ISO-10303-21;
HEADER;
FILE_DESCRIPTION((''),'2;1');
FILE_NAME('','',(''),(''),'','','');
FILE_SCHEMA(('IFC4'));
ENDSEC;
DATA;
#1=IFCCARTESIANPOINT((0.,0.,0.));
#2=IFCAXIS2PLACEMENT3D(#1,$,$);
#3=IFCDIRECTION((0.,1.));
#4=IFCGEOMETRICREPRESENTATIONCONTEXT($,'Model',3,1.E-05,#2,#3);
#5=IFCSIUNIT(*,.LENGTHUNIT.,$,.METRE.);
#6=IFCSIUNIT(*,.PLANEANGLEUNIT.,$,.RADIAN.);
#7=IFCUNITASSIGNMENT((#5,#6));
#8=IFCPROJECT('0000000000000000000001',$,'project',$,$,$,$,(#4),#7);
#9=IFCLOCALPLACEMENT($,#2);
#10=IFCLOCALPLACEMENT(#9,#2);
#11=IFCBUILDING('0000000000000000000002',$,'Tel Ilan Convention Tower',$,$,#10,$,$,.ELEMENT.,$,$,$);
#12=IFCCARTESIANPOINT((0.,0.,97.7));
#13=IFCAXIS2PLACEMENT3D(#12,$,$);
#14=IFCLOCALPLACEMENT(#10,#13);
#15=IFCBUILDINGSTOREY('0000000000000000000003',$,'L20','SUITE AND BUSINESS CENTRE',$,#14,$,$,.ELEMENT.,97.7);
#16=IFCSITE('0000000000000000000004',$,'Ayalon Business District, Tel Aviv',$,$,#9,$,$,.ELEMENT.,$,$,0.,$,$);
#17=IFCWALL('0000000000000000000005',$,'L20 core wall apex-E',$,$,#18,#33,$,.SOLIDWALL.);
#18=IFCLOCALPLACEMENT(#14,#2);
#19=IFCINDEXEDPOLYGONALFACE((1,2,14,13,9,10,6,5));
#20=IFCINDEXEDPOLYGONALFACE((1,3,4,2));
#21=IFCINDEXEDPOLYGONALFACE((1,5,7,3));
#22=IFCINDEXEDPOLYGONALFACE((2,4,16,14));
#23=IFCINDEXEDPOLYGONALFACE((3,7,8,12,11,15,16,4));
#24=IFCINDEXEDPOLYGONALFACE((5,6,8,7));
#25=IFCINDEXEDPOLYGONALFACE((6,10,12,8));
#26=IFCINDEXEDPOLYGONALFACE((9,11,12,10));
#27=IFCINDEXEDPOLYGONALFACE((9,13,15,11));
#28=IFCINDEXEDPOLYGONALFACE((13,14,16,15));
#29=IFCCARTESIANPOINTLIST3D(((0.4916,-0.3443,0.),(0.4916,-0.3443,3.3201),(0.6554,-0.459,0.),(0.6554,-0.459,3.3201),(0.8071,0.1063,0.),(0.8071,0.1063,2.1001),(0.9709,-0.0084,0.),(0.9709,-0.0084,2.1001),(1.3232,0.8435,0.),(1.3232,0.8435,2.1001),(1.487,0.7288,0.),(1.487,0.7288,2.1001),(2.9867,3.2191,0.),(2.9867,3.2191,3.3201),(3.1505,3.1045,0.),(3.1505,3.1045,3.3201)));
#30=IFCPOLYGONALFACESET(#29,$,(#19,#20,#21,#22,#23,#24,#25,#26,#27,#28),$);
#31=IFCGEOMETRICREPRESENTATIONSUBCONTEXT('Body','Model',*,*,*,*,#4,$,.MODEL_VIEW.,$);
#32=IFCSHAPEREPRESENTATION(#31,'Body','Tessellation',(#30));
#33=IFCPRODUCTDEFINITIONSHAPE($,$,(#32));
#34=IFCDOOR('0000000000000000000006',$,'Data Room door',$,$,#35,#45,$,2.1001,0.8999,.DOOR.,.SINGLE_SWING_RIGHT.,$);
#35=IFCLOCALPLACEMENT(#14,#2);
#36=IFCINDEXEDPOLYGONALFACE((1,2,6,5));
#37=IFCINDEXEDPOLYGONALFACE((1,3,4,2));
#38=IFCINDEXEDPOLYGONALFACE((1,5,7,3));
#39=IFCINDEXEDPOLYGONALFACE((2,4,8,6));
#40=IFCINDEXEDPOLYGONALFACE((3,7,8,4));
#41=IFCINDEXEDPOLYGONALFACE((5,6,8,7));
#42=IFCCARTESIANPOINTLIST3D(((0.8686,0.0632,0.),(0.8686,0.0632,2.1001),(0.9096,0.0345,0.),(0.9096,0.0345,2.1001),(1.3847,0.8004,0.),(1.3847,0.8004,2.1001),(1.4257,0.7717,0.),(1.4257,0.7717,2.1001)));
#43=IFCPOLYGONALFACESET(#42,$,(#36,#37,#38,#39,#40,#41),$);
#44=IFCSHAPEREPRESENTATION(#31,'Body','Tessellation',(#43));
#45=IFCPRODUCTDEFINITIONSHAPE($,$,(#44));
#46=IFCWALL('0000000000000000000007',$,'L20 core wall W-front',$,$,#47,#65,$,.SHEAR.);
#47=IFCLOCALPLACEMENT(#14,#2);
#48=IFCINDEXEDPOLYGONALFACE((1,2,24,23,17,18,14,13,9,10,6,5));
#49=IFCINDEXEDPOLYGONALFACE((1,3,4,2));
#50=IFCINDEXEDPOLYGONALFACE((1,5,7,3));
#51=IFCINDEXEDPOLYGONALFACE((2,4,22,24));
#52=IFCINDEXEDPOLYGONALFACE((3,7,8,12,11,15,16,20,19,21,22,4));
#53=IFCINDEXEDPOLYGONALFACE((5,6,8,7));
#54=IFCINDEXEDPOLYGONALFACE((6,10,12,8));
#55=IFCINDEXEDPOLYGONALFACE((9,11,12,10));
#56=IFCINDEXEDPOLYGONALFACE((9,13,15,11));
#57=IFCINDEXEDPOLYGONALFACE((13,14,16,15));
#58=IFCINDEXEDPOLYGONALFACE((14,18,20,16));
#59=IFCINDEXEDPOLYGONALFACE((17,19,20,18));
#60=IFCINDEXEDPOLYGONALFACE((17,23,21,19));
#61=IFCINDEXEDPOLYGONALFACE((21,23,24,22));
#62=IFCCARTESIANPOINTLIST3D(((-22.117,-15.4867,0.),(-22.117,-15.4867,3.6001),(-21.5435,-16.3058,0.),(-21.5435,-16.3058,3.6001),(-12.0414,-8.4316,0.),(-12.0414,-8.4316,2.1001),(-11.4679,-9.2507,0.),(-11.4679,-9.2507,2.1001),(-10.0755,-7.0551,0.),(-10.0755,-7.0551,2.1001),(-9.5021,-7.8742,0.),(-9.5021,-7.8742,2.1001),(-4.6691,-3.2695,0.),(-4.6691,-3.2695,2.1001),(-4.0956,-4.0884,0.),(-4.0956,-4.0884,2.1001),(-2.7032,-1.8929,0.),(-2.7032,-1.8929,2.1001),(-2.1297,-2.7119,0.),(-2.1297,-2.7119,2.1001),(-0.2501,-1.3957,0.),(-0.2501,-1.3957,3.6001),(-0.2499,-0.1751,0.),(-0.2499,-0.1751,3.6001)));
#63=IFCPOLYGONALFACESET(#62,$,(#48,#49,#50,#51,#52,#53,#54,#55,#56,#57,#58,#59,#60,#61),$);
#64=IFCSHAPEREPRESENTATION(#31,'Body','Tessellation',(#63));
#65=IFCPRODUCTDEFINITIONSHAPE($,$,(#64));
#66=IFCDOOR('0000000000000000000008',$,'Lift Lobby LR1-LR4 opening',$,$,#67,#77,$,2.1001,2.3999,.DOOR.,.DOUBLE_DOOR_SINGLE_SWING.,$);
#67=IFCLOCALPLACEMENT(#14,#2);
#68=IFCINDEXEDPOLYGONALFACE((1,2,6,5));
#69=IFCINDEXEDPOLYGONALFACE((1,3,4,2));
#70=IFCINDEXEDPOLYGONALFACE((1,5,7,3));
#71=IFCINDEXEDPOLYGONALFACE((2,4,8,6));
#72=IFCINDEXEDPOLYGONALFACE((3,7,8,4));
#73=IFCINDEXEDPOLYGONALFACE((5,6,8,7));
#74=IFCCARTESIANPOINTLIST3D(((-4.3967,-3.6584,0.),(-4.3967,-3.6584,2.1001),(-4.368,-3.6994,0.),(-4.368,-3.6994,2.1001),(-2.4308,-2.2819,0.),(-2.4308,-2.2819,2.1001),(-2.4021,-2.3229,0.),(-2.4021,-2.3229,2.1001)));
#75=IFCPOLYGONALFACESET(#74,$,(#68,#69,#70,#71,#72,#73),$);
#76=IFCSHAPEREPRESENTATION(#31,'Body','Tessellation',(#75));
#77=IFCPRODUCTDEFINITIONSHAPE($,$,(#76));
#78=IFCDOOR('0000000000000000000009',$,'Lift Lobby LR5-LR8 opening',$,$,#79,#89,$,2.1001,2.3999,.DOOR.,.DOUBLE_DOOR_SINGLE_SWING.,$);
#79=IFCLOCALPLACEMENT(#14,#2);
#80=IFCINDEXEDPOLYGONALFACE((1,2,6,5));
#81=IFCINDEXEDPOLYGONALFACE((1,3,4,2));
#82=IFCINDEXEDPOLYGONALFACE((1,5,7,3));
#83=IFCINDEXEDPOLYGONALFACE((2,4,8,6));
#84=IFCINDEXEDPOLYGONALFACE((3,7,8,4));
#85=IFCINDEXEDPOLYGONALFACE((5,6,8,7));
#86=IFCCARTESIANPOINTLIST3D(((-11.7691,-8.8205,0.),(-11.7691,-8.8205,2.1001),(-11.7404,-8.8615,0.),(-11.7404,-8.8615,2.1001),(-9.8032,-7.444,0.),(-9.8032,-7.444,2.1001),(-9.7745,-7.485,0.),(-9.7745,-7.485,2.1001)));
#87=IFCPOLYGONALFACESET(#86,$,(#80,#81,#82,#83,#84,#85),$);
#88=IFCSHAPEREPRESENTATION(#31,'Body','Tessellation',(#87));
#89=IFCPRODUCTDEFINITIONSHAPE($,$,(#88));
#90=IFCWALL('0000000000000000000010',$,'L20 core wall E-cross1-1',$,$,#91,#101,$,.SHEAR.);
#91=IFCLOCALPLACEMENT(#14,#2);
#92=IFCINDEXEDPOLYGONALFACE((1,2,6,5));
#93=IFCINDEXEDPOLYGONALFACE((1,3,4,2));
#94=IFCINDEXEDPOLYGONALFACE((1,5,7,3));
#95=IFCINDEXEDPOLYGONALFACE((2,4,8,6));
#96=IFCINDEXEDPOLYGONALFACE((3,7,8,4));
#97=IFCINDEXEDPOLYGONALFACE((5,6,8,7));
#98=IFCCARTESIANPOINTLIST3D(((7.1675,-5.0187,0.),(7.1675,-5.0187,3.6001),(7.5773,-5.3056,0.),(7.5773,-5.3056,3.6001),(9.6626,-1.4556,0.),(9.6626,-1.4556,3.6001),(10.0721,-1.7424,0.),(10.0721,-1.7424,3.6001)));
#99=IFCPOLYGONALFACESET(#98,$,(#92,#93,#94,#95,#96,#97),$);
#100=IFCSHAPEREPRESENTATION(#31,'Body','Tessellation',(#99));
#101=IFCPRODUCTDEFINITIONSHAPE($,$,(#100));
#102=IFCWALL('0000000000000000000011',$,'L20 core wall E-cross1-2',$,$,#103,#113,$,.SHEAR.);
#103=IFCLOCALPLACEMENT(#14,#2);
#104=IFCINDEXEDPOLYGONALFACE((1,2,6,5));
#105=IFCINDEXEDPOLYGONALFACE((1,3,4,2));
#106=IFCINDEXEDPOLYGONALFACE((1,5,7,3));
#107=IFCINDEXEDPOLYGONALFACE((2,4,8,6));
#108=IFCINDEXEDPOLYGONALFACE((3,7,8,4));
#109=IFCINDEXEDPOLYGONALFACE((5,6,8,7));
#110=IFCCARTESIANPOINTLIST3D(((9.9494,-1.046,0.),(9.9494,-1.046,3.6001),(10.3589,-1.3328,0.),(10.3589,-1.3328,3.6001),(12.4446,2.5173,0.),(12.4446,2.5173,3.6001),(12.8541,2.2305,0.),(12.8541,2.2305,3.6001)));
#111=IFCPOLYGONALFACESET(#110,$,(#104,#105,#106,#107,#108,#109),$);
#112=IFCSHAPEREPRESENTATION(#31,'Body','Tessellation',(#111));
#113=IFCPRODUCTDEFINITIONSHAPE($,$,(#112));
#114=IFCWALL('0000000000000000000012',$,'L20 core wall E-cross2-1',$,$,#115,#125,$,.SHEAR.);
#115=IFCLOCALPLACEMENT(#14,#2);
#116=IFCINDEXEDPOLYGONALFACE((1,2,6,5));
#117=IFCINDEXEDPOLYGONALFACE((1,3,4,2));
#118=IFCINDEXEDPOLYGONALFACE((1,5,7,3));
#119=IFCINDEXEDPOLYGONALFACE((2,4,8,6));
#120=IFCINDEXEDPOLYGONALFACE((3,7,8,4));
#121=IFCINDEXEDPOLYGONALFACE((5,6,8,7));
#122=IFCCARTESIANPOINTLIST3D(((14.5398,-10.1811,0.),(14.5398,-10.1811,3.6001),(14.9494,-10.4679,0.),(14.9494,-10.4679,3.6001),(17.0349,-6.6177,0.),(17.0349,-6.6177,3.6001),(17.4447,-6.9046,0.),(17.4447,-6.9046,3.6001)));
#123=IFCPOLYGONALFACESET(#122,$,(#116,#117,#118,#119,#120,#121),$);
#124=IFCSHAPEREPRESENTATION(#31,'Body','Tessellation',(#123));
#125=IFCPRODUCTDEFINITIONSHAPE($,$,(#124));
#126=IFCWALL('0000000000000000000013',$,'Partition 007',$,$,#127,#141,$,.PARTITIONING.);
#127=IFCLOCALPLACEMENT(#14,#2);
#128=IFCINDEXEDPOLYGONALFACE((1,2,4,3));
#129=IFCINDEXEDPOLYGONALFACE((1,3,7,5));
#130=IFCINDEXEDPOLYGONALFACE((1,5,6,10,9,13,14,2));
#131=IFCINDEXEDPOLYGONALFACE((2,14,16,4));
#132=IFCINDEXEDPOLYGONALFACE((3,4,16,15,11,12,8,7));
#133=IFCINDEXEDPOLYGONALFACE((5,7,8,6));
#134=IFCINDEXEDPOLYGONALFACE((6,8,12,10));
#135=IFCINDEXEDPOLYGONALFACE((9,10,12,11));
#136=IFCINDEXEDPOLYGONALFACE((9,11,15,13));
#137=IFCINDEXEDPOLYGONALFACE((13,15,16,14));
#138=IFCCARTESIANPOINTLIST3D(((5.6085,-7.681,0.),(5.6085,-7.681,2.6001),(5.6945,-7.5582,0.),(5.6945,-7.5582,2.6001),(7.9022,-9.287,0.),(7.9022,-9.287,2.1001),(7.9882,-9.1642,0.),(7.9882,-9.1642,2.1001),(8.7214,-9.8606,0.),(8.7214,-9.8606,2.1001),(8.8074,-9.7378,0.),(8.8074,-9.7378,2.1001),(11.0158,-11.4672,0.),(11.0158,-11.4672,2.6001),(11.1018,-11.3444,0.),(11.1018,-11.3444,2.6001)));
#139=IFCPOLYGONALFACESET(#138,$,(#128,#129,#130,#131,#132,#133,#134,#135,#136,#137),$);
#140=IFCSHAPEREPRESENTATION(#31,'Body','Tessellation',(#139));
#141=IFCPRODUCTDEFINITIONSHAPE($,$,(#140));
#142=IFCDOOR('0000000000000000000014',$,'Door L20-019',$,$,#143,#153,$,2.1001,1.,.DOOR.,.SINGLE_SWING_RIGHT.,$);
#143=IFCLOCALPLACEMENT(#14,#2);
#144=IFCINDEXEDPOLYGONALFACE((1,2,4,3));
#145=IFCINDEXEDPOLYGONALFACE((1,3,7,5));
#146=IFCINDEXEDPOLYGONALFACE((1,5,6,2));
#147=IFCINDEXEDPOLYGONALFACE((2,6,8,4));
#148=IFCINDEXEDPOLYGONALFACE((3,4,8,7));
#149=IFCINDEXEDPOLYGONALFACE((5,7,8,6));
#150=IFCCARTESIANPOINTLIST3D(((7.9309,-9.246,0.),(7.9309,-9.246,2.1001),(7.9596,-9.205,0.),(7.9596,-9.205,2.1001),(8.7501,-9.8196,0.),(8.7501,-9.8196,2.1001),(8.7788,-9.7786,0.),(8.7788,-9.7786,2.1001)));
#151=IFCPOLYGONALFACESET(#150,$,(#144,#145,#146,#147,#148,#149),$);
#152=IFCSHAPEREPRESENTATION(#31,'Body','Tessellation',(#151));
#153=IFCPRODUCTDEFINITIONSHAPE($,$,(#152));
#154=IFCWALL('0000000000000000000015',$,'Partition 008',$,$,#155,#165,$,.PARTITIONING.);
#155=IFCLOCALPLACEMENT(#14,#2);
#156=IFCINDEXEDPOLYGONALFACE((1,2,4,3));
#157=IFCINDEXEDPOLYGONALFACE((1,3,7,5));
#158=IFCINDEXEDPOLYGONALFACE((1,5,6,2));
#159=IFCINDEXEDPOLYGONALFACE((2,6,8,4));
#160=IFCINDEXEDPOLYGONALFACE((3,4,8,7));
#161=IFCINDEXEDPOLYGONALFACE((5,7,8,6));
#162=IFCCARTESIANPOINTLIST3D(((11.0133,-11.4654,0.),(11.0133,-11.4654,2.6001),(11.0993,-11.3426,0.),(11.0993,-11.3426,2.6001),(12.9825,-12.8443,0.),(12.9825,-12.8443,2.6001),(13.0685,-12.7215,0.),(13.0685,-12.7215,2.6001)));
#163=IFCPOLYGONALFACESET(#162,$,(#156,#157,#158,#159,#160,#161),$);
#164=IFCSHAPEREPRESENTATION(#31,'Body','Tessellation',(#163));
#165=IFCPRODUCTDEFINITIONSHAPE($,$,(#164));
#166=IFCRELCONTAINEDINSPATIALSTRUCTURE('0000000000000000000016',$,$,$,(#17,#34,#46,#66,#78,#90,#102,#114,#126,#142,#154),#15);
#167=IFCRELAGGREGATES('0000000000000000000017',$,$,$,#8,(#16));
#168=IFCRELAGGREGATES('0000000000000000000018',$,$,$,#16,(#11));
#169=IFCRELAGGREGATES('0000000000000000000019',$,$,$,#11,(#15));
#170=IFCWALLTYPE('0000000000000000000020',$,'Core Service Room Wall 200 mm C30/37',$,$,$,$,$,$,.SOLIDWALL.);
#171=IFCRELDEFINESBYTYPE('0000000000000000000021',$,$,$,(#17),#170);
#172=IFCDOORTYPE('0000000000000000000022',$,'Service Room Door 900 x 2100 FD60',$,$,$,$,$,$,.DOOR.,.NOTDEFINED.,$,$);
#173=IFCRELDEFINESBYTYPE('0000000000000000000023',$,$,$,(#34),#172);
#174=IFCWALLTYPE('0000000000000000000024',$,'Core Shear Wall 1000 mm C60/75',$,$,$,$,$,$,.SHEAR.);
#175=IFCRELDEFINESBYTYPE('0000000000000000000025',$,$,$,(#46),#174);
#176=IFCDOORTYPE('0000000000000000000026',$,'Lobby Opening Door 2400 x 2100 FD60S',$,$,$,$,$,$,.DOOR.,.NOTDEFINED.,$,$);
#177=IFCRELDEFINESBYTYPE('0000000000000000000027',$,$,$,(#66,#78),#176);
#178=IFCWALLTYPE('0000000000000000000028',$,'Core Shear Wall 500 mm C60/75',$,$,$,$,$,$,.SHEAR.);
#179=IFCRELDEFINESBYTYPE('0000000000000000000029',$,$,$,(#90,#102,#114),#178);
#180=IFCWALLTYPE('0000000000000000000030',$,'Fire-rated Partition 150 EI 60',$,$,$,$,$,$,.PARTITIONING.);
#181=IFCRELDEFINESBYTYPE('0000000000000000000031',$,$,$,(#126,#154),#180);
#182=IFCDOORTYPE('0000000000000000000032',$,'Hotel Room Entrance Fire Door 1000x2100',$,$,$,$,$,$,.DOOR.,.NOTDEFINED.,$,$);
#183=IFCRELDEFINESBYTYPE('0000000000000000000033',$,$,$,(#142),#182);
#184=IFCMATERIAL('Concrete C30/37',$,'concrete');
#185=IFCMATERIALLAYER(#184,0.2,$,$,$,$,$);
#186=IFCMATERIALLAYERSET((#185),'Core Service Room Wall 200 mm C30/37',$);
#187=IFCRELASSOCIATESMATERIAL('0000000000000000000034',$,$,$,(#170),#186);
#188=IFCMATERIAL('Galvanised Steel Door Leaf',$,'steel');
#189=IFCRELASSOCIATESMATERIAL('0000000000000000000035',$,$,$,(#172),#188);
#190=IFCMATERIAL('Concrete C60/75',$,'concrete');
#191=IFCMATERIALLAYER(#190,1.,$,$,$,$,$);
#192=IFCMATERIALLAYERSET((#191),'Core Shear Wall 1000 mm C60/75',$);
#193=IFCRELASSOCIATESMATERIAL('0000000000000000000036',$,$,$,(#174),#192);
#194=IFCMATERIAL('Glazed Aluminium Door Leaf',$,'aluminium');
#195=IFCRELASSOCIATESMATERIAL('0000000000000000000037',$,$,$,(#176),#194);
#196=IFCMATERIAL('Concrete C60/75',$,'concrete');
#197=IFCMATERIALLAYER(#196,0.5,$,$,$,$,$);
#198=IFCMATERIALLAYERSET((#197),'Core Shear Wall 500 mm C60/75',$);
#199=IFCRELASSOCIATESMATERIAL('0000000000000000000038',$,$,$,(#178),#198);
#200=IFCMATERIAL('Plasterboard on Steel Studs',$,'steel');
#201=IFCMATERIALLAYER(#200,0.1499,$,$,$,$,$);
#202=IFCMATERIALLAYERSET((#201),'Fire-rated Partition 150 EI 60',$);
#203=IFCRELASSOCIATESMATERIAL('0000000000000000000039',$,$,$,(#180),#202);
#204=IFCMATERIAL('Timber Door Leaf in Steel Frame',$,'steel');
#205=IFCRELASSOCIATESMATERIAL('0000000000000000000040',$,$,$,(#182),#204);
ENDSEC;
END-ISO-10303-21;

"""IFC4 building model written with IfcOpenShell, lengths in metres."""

from ifc_helpers import new_model, si_unit, direction, frame, frame_2d, origin, place, context, subcontext, project, spatial, polyline, rectangle, outline, extrude, material, layer, layer_set, type_object, element, fill, save


model = new_model("IFC4")

# Units and contexts
model_context = context("Model", 3, precision=1e-05, world=origin(), true_north=direction((0.0, 1.0)))
body_context = subcontext(model_context, "Body", "Model", "MODEL_VIEW")
ifc_project = project(units=[si_unit("LENGTHUNIT", "METRE"), si_unit("PLANEANGLEUNIT", "RADIAN")], contexts=[model_context])

# Site, building, storey
site_placement = place(None, origin())
site = spatial("IfcSite", under=ifc_project, at=site_placement, Name="Ayalon Business District, Tel Aviv", CompositionType="ELEMENT", RefElevation=0.0)
building_placement = place(site_placement, origin())
building = spatial("IfcBuilding", under=site, at=building_placement, Name="Tel Ilan Convention Tower", CompositionType="ELEMENT")
storey_placement = place(building_placement, frame((0.0, 0.0, 97.7)))
storey = spatial("IfcBuildingStorey", under=building, at=storey_placement, Name="L20", Description="SUITE AND BUSINESS CENTRE", CompositionType="ELEMENT", Elevation=97.7)

# Wall, opening, door
ifc_material_1 = material(Name="Concrete C30/37", Category="concrete")
ifc_layer_1 = layer(ifc_material_1, 0.2)
ifc_layer_set_1 = layer_set([ifc_layer_1], Name="Core Service Room Wall 200 mm C30/37")
wall_type_1 = type_object("IfcWallType", Name="Core Service Room Wall 200 mm C30/37", PredefinedType="SOLIDWALL", material=ifc_layer_set_1)
wall_1_placement = place(storey_placement, frame((0.5735, -0.4016, 0.0), z_axis=(0.0, 0.0, 1.0), x_axis=(0.573568, 0.819158, 0.0)))
wall_1 = element("IfcWall", 1, at=wall_1_placement, inside=storey, type_object=wall_type_1, Name="L20 core wall apex-E", PredefinedType="SOLIDWALL", context=body_context, shape_type="SweptSolid", body=[
    extrude(rectangle(XDim=4.3501, YDim=0.2, at=frame_2d((2.175, 0.0))), origin(), (0.0, 0.0, 1.0), 3.3201),
])
opening_1_placement = place(wall_1_placement, frame((0.55, 0.0, 0.0)))
opening_1 = element("IfcOpeningElement", 2, at=opening_1_placement, cuts=wall_1, PredefinedType="OPENING", context=body_context, shape_type="SweptSolid", body=[
    extrude(rectangle(XDim=0.8999, YDim=2.1001, at=frame_2d((0.45, 1.05))), frame((0.0, 0.1099, 0.0), z_axis=(0.0, -1.0, 0.0), x_axis=(1.0, 0.0, 0.0)), (0.0, 0.0, 1.0), 0.22),
])
ifc_material_2 = material(Name="Galvanised Steel Door Leaf", Category="steel")
door_type_1 = type_object("IfcDoorType", Name="Service Room Door 900 x 2100 FD60", OperationType="NOTDEFINED", PredefinedType="DOOR", material=ifc_material_2)
door_1_placement = place(opening_1_placement, origin())
door_1 = element("IfcDoor", 3, at=door_1_placement, inside=storey, type_object=door_type_1, Name="Data Room door", OperationType="SINGLE_SWING_RIGHT", OverallHeight=2.1001, OverallWidth=0.8999, PredefinedType="DOOR", context=body_context, shape_type="SweptSolid", body=[
    extrude(rectangle(XDim=0.8999, YDim=2.1001, at=frame_2d((0.45, 1.05))), frame((0.0, 0.0249, 0.0), z_axis=(0.0, -1.0, 0.0), x_axis=(1.0, 0.0, 0.0)), (0.0, 0.0, 1.0), 0.05),
])
fill(opening_1, door_1)

# Wall, openings, doors
ifc_material_3 = material(Name="Concrete C60/75", Category="concrete")
ifc_layer_2 = layer(ifc_material_3, 1.0)
ifc_layer_set_2 = layer_set([ifc_layer_2], Name="Core Shear Wall 1000 mm C60/75")
wall_type_2 = type_object("IfcWallType", Name="Core Shear Wall 1000 mm C60/75", PredefinedType="SHEAR", material=ifc_layer_set_2)
wall_2_placement = place(storey_placement, frame((0.0369, -0.5847, 0.0), z_axis=(0.0, 0.0, 1.0), x_axis=(-0.819157, -0.573569, 0.0)))
wall_2 = element("IfcWall", 4, at=wall_2_placement, inside=storey, type_object=wall_type_2, Name="L20 core wall W-front", PredefinedType="SHEAR", context=body_context, shape_type="SweptSolid", body=[
    extrude(outline(polyline([(26.6948, 0.5002), (0.7002, 0.4998), (0.0, -0.5), (26.6948, -0.4998), (26.6948, 0.5002)])), origin(), (0.0, 0.0, 1.0), 3.6001),
])
opening_2_placement = place(wall_2_placement, frame((2.9949, 0.0, 0.0)))
opening_2 = element("IfcOpeningElement", 5, at=opening_2_placement, cuts=wall_2, PredefinedType="OPENING", context=body_context, shape_type="SweptSolid", body=[
    extrude(rectangle(XDim=2.3999, YDim=2.1001, at=frame_2d((1.2, 1.05))), frame((0.0, 0.51, 0.0), z_axis=(0.0, -1.0, 0.0), x_axis=(1.0, 0.0, 0.0)), (0.0, 0.0, 1.0), 1.02),
])
opening_3_placement = place(wall_2_placement, frame((11.9949, 0.0, 0.0)))
opening_3 = element("IfcOpeningElement", 6, at=opening_3_placement, cuts=wall_2, PredefinedType="OPENING", context=body_context, shape_type="SweptSolid", body=[
    extrude(rectangle(XDim=2.3999, YDim=2.1001, at=frame_2d((1.2, 1.05))), frame((0.0, 0.51, 0.0), z_axis=(0.0, -1.0, 0.0), x_axis=(1.0, 0.0, 0.0)), (0.0, 0.0, 1.0), 1.02),
])
ifc_material_4 = material(Name="Glazed Aluminium Door Leaf", Category="aluminium")
door_type_2 = type_object("IfcDoorType", Name="Lobby Opening Door 2400 x 2100 FD60S", OperationType="NOTDEFINED", PredefinedType="DOOR", material=ifc_material_4)
door_2_placement = place(opening_2_placement, origin())
door_2 = element("IfcDoor", 7, at=door_2_placement, inside=storey, type_object=door_type_2, Name="Lift Lobby LR1-LR4 opening", OperationType="DOUBLE_DOOR_SINGLE_SWING", OverallHeight=2.1001, OverallWidth=2.3999, PredefinedType="DOOR", context=body_context, shape_type="SweptSolid", body=[
    extrude(rectangle(XDim=2.3999, YDim=2.1001, at=frame_2d((1.2, 1.05))), frame((0.0, 0.0249, 0.0), z_axis=(0.0, -1.0, 0.0), x_axis=(1.0, 0.0, 0.0)), (0.0, 0.0, 1.0), 0.05),
])
fill(opening_2, door_2)
door_3_placement = place(opening_3_placement, origin())
door_3 = element("IfcDoor", 8, at=door_3_placement, inside=storey, type_object=door_type_2, Name="Lift Lobby LR5-LR8 opening", OperationType="DOUBLE_DOOR_SINGLE_SWING", OverallHeight=2.1001, OverallWidth=2.3999, PredefinedType="DOOR", context=body_context, shape_type="SweptSolid", body=[
    extrude(rectangle(XDim=2.3999, YDim=2.1001, at=frame_2d((1.2, 1.05))), frame((0.0, 0.0249, 0.0), z_axis=(0.0, -1.0, 0.0), x_axis=(1.0, 0.0, 0.0)), (0.0, 0.0, 1.0), 0.05),
])
fill(opening_3, door_3)

# Walls
ifc_material_5 = material(Name="Concrete C60/75", Category="concrete")
ifc_layer_3 = layer(ifc_material_5, 0.5)
ifc_layer_set_3 = layer_set([ifc_layer_3], Name="Core Shear Wall 500 mm C60/75")
wall_type_3 = type_object("IfcWallType", Name="Core Shear Wall 500 mm C60/75", PredefinedType="SHEAR", material=ifc_layer_set_3)
wall_3_placement = place(storey_placement, frame((7.3723, -5.1621, 0.0), z_axis=(0.0, 0.0, 1.0), x_axis=(0.573594, 0.81914, 0.0)))
element("IfcWall", 9, at=wall_3_placement, inside=storey, type_object=wall_type_3, Name="L20 core wall E-cross1-1", PredefinedType="SHEAR", context=body_context, shape_type="SweptSolid", body=[
    extrude(outline(polyline([(0.0, 0.25), (0.0, -0.2502), (4.3499, -0.25), (4.3499, 0.25), (0.0, 0.25)])), origin(), (0.0, 0.0, 1.0), 3.6001),
])
wall_4_placement = place(storey_placement, frame((10.1543, -1.1892, 0.0), z_axis=(0.0, 0.0, 1.0), x_axis=(0.573594, 0.81914, 0.0)))
element("IfcWall", 10, at=wall_4_placement, inside=storey, type_object=wall_type_3, Name="L20 core wall E-cross1-2", PredefinedType="SHEAR", context=body_context, shape_type="SweptSolid", body=[
    extrude(outline(polyline([(4.3499, -0.25), (4.3499, 0.25), (-0.0002, 0.25), (-0.0002, -0.25), (4.3499, -0.25)])), origin(), (0.0, 0.0, 1.0), 3.6001),
])
wall_5_placement = place(storey_placement, frame((14.7446, -10.3245, 0.0), z_axis=(0.0, 0.0, 1.0), x_axis=(0.573568, 0.819158, 0.0)))
element("IfcWall", 11, at=wall_5_placement, inside=storey, type_object=wall_type_3, Name="L20 core wall E-cross2-1", PredefinedType="SHEAR", context=body_context, shape_type="SweptSolid", body=[
    extrude(outline(polyline([(0.0, 0.25), (0.0, -0.25), (4.3501, -0.2502), (4.3501, 0.25), (0.0, 0.25)])), origin(), (0.0, 0.0, 1.0), 3.6001),
])

# Wall, opening, door
ifc_material_6 = material(Name="Plasterboard on Steel Studs", Category="steel")
ifc_layer_4 = layer(ifc_material_6, 0.1499)
ifc_layer_set_4 = layer_set([ifc_layer_4], Name="Fire-rated Partition 150 EI 60")
wall_type_4 = type_object("IfcWallType", Name="Fire-rated Partition 150 EI 60", PredefinedType="PARTITIONING", material=ifc_layer_set_4)
wall_6_placement = place(storey_placement, frame((11.0588, -11.4058, 0.0), z_axis=(0.0, 0.0, 1.0), x_axis=(-0.819155, 0.573572, 0.0)))
wall_6 = element("IfcWall", 12, at=wall_6_placement, inside=storey, type_object=wall_type_4, Name="Partition 007", PredefinedType="PARTITIONING", context=body_context, shape_type="SweptSolid", body=[
    extrude(rectangle(XDim=6.6011, YDim=0.1499, at=frame_2d((3.3005, 0.0))), origin(), (0.0, 0.0, 1.0), 2.6001),
])
opening_4_placement = place(wall_6_placement, frame((2.801, 0.0, 0.0)))
opening_4 = element("IfcOpeningElement", 13, at=opening_4_placement, cuts=wall_6, PredefinedType="OPENING", context=body_context, shape_type="SweptSolid", body=[
    extrude(rectangle(XDim=1.0, YDim=2.1001, at=frame_2d((0.5, 1.05))), frame((0.0, 0.085, 0.0), z_axis=(0.0, -1.0, 0.0), x_axis=(1.0, 0.0, 0.0)), (0.0, 0.0, 1.0), 0.1699),
])
ifc_material_7 = material(Name="Timber Door Leaf in Steel Frame", Category="steel")
door_type_3 = type_object("IfcDoorType", Name="Hotel Room Entrance Fire Door 1000x2100", OperationType="NOTDEFINED", PredefinedType="DOOR", material=ifc_material_7)
door_4_placement = place(opening_4_placement, origin())
door_4 = element("IfcDoor", 14, at=door_4_placement, inside=storey, type_object=door_type_3, Name="Door L20-019", OperationType="SINGLE_SWING_RIGHT", OverallHeight=2.1001, OverallWidth=1.0, PredefinedType="DOOR", context=body_context, shape_type="SweptSolid", body=[
    extrude(rectangle(XDim=1.0, YDim=2.1001, at=frame_2d((0.5, 1.05))), frame((0.0, 0.0249, 0.0), z_axis=(0.0, -1.0, 0.0), x_axis=(1.0, 0.0, 0.0)), (0.0, 0.0, 1.0), 0.05),
])
fill(opening_4, door_4)

# Wall
wall_7_placement = place(storey_placement, frame((13.0256, -12.783, 0.0), z_axis=(0.0, 0.0, 1.0), x_axis=(-0.819146, 0.573585, 0.0)))
element("IfcWall", 15, at=wall_7_placement, inside=storey, type_object=wall_type_4, Name="Partition 008", PredefinedType="PARTITIONING", context=body_context, shape_type="SweptSolid", body=[
    extrude(rectangle(XDim=2.4041, YDim=0.1499, at=frame_2d((1.2021, 0.0))), origin(), (0.0, 0.0, 1.0), 2.6001),
])

save(model, "model.ifc")
